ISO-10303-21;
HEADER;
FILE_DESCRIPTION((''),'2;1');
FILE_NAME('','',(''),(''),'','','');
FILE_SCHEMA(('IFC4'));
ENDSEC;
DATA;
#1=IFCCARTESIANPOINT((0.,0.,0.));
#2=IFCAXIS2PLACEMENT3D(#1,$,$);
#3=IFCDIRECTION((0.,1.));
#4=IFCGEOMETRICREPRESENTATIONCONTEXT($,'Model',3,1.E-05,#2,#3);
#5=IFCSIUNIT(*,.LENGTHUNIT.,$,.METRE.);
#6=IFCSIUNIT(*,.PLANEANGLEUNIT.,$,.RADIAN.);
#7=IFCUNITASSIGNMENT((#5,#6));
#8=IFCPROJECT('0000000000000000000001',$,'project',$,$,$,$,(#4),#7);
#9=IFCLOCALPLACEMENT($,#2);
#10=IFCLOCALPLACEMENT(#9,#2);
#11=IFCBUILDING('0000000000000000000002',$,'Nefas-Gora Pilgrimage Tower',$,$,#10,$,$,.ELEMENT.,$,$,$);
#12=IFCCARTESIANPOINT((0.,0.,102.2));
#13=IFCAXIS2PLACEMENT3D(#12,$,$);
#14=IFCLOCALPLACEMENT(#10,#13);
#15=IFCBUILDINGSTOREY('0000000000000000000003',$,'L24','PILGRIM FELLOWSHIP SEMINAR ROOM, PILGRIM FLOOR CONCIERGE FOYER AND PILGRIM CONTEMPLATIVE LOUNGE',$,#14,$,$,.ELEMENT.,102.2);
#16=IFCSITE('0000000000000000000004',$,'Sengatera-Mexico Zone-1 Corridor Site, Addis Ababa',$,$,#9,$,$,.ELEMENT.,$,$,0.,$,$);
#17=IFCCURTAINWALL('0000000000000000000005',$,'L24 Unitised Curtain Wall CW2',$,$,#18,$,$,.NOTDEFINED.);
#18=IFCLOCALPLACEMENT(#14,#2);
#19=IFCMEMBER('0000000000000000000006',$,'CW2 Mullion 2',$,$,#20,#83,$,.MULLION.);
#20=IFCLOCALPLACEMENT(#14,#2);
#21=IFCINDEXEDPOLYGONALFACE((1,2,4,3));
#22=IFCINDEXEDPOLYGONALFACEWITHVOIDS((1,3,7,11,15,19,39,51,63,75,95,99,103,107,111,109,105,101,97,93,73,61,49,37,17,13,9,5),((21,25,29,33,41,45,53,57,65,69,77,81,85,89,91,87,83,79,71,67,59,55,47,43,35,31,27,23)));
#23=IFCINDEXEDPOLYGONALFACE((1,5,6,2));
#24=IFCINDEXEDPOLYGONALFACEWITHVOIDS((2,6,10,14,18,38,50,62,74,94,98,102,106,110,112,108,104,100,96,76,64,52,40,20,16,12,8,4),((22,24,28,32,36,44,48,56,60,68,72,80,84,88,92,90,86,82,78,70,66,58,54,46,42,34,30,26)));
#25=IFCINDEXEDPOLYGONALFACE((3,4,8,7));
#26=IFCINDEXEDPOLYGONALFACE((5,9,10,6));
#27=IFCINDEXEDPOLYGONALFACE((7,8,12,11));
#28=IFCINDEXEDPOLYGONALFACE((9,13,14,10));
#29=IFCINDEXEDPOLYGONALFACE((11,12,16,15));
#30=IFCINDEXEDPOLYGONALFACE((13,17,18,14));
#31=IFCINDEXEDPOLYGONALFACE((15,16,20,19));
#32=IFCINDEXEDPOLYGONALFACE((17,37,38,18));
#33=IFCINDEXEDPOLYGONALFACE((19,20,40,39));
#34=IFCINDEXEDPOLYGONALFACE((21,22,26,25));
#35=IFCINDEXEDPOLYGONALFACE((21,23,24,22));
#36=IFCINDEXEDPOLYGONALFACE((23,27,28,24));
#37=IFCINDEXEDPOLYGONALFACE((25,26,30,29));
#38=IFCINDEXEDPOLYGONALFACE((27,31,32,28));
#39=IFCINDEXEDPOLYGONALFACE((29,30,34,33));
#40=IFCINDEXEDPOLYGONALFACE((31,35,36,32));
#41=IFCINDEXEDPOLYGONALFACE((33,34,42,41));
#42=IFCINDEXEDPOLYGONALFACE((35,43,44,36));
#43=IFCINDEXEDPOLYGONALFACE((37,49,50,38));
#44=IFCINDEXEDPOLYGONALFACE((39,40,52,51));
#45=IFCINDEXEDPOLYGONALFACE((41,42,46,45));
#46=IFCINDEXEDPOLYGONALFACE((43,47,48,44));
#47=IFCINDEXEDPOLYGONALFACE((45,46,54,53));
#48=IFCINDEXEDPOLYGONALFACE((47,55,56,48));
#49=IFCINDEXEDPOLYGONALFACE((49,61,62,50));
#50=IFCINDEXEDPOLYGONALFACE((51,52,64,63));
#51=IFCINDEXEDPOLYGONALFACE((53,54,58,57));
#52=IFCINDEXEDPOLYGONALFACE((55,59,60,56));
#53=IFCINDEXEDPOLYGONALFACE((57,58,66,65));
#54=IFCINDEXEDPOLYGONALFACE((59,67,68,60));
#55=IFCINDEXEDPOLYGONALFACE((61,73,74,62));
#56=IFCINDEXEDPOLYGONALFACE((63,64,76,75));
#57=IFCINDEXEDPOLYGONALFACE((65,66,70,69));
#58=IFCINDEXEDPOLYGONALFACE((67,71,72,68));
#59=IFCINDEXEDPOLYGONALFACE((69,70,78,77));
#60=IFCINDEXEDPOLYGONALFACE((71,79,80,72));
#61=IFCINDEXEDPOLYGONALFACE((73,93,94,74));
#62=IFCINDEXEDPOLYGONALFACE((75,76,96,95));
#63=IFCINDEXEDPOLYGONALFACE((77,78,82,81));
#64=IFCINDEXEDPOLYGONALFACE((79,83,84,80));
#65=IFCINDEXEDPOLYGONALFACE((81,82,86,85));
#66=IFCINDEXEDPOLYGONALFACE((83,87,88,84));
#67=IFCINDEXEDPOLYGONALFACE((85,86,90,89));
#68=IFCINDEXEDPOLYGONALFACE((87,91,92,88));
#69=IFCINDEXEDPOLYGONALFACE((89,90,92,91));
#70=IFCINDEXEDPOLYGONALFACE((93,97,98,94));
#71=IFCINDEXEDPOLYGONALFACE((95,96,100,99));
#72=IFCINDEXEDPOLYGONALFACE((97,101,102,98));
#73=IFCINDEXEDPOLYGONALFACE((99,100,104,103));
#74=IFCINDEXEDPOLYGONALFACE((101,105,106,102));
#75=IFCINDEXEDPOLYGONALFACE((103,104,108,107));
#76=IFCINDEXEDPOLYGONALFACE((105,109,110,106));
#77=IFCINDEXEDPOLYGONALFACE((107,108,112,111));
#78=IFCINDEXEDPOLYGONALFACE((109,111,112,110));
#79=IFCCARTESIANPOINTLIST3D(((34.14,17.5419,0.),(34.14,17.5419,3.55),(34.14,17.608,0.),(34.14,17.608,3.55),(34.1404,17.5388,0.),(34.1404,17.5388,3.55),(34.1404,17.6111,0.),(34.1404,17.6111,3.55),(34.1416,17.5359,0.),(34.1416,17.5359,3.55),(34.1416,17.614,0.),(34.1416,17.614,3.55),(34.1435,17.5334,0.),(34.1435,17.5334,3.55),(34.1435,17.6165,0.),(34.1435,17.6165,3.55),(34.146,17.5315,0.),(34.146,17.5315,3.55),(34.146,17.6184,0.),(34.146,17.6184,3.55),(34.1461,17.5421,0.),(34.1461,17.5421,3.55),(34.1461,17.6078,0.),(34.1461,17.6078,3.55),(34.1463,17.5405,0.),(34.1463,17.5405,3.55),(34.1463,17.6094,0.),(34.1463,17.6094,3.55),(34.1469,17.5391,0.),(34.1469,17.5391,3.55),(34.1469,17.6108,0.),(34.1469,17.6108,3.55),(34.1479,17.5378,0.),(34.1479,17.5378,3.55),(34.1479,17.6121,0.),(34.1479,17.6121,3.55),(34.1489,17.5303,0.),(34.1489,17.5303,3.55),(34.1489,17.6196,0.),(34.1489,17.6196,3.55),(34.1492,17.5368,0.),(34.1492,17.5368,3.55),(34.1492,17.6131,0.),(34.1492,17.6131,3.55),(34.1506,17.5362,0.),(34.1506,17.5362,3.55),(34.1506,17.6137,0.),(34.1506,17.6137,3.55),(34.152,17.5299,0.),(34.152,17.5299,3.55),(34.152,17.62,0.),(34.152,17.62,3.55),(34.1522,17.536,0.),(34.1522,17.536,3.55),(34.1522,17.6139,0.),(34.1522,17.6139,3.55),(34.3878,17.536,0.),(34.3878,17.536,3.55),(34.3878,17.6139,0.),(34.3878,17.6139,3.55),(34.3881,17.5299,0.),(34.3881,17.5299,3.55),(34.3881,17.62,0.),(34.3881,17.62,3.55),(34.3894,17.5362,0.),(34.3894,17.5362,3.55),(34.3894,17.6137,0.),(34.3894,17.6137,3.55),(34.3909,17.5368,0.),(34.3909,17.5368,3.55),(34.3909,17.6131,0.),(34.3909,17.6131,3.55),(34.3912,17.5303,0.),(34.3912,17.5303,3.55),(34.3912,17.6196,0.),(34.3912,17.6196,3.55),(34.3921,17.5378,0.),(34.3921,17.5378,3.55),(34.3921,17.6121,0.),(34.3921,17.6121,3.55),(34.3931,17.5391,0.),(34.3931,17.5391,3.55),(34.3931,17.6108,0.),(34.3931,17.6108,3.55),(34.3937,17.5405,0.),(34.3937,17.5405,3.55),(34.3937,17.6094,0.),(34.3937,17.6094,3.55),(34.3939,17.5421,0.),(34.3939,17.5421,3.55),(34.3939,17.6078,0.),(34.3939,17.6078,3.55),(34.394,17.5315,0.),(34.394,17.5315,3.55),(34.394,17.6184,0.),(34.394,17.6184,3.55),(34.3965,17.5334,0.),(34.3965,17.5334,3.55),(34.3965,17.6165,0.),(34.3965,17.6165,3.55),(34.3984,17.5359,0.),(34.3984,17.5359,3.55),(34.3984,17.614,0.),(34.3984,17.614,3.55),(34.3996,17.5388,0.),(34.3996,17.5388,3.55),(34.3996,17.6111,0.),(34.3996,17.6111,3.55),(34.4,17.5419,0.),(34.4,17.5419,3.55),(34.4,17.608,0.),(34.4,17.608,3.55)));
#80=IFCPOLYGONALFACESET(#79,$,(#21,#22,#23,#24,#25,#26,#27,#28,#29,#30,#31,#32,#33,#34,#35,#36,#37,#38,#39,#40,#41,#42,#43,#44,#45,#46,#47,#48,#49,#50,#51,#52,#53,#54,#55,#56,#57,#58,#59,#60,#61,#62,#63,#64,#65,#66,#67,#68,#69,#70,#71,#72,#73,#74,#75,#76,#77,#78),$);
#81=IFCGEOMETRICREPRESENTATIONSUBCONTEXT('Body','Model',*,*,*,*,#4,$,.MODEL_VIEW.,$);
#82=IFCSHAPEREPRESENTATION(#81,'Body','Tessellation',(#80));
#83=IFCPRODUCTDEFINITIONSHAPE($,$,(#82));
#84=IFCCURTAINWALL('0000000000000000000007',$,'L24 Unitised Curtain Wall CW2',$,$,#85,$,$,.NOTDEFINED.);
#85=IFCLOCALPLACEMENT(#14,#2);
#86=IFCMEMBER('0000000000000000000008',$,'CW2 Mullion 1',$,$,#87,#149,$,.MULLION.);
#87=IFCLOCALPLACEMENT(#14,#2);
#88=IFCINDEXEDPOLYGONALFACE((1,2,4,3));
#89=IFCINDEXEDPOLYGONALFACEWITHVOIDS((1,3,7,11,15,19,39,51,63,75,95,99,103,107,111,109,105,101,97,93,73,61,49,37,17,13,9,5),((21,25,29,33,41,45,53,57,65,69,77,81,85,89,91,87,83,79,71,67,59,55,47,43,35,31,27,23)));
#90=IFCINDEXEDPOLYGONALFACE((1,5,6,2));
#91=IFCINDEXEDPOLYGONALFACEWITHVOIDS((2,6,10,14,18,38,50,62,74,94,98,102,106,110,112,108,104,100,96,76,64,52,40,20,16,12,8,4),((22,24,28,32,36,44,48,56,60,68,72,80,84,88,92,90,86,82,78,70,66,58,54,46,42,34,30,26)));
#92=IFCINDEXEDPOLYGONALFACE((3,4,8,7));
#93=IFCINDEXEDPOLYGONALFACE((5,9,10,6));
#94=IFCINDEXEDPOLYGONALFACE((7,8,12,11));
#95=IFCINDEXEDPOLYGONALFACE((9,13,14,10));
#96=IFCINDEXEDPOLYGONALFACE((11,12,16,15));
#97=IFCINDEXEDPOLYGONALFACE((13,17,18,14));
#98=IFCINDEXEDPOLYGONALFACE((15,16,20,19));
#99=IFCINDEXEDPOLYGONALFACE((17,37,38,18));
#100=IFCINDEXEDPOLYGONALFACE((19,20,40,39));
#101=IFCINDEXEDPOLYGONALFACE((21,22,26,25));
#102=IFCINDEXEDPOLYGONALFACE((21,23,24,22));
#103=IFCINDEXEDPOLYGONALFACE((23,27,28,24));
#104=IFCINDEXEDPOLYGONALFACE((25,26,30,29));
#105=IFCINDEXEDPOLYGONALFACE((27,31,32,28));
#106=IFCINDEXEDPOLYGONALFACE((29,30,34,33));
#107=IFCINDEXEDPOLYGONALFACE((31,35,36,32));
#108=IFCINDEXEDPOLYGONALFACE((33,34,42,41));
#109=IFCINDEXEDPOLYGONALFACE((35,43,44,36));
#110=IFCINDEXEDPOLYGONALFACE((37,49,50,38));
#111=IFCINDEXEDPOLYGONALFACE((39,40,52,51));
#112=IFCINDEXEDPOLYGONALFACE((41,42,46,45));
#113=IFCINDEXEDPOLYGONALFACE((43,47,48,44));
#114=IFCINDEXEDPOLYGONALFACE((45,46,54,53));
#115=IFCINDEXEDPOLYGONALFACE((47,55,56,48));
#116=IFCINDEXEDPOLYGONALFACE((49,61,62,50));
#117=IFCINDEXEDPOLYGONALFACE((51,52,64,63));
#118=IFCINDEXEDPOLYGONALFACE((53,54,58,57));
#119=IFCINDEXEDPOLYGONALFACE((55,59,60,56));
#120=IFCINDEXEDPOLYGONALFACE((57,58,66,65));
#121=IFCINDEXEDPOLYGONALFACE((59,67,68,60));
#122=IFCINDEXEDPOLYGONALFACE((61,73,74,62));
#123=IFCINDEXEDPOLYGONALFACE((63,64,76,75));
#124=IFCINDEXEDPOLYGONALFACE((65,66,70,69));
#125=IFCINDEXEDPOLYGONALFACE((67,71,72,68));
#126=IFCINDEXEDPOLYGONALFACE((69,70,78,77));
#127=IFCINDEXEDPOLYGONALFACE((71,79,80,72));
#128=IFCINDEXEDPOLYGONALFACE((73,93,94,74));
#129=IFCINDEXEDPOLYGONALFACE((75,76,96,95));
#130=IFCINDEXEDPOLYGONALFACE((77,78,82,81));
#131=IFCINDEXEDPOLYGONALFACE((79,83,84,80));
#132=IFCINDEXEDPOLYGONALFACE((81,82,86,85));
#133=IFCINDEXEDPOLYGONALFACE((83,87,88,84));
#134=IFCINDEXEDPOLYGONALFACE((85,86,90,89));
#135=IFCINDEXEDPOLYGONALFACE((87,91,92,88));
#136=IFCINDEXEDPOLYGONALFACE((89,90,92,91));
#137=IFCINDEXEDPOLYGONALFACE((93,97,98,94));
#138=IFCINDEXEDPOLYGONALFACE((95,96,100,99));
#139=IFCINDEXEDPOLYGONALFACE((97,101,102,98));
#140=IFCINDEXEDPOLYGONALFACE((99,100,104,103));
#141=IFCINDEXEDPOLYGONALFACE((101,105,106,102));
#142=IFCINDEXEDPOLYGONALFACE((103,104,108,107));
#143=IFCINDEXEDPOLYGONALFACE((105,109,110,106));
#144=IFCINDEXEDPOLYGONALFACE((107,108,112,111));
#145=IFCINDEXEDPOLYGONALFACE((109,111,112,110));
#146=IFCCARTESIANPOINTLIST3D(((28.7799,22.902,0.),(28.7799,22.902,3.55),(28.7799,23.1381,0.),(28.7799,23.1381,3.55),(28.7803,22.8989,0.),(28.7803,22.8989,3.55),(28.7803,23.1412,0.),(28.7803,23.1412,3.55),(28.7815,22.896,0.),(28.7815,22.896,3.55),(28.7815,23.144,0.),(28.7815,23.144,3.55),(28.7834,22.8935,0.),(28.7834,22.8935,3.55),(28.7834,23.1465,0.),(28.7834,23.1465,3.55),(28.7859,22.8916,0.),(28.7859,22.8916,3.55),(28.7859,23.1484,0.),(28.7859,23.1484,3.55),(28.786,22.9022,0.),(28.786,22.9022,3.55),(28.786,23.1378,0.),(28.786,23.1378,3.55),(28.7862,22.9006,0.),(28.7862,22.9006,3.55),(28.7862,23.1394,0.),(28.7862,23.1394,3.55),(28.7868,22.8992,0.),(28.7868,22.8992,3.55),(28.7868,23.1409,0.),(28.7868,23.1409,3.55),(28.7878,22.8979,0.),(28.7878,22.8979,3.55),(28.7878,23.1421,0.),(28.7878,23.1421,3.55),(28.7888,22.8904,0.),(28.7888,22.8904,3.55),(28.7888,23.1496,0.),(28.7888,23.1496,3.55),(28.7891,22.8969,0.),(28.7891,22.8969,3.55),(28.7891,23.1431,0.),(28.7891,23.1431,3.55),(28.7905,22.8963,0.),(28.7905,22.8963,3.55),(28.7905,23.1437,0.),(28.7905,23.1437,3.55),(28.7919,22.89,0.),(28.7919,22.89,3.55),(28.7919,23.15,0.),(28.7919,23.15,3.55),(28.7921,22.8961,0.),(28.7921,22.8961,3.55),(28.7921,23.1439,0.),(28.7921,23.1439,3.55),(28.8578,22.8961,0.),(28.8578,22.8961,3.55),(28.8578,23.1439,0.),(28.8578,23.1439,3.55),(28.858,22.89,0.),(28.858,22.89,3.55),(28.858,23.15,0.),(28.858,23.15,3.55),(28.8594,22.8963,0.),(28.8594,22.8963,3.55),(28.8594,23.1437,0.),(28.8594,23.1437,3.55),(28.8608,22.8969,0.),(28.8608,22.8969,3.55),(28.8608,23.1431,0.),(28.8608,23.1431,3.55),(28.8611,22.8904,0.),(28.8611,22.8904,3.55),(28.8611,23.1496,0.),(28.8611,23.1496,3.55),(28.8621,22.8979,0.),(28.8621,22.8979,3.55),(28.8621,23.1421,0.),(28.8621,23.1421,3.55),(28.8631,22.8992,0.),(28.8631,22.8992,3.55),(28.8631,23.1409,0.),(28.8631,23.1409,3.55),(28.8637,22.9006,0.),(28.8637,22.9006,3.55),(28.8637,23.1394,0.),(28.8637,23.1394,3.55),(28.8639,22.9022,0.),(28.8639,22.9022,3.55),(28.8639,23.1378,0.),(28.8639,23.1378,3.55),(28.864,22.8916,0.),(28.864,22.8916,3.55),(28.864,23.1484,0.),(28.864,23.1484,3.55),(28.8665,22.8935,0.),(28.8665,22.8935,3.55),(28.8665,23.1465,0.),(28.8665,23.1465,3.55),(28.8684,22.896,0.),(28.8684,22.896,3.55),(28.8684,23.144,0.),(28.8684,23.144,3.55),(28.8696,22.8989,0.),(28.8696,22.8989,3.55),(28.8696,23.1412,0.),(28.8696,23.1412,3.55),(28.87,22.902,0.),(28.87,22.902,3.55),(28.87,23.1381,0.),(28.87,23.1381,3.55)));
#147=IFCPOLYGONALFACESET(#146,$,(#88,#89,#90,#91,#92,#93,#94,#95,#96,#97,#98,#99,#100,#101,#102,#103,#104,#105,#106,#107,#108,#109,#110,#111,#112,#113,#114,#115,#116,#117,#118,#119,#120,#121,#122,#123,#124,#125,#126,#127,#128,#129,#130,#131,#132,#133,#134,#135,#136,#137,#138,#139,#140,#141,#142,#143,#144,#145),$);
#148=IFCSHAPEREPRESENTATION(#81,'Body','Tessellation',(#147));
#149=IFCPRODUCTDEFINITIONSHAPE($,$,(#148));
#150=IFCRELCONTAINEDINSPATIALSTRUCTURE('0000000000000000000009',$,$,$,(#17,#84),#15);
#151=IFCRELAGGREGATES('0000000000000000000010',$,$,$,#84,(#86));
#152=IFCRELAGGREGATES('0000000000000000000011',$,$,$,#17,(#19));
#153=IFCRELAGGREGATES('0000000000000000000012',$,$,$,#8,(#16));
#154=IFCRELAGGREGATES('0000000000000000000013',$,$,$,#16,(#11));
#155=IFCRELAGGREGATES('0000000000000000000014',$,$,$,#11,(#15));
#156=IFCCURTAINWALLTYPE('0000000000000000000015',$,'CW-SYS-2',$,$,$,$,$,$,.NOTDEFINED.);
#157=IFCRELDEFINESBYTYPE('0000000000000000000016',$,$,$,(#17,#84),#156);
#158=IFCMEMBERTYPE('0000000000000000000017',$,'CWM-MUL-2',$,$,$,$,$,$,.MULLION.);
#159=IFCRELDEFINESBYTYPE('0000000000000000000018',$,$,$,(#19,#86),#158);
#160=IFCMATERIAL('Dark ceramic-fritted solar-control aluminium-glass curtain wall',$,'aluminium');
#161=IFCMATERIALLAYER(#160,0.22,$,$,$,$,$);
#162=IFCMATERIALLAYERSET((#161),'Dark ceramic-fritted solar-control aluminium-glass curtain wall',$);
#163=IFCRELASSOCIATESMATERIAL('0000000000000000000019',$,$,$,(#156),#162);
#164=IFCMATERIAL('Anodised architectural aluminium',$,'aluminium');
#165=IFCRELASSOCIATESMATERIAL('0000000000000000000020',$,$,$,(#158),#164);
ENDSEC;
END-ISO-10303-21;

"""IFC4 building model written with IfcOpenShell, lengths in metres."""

from ifc_helpers import new_model, si_unit, direction, frame, origin, origin_2d, place, context, subcontext, project, spatial, hollow_rectangle, extrude, source, transform, mapped, material, layer, layer_set, material_profile, profile_set, type_object, element, aggregate, save


model = new_model("IFC4")

# Units and contexts
model_context = context("Model", 3, precision=1e-05, world=origin(), true_north=direction((0.0, 1.0)))
body_context = subcontext(model_context, "Body", "Model", "MODEL_VIEW")
ifc_project = project(units=[si_unit("LENGTHUNIT", "METRE"), si_unit("PLANEANGLEUNIT", "RADIAN")], contexts=[model_context])

# Site, building, storey
site_placement = place(None, origin())
site = spatial("IfcSite", under=ifc_project, at=site_placement, Name="Sengatera-Mexico Zone-1 Corridor Site, Addis Ababa", CompositionType="ELEMENT", RefElevation=0.0)
building_placement = place(site_placement, origin())
building = spatial("IfcBuilding", under=site, at=building_placement, Name="Nefas-Gora Pilgrimage Tower", CompositionType="ELEMENT")
storey_placement = place(building_placement, frame((0.0, 0.0, 102.2)))
storey = spatial("IfcBuildingStorey", under=building, at=storey_placement, Name="L24", Description="PILGRIM FELLOWSHIP SEMINAR ROOM, PILGRIM FLOOR CONCIERGE FOYER AND PILGRIM CONTEMPLATIVE LOUNGE", CompositionType="ELEMENT", Elevation=102.2)

# Curtain wall, member
ifc_material_1 = material(Name="Dark ceramic-fritted solar-control aluminium-glass curtain wall", Category="aluminium")
ifc_layer_1 = layer(ifc_material_1, 0.22)
ifc_layer_set_1 = layer_set([ifc_layer_1], Name="Dark ceramic-fritted solar-control aluminium-glass curtain wall")
curtain_wall_type = type_object("IfcCurtainWallType", Name="CW-SYS-2", PredefinedType="NOTDEFINED", material=ifc_layer_set_1)
curtain_wall_1_placement = place(storey_placement, origin())
curtain_wall_1 = element("IfcCurtainWall", 1, at=curtain_wall_1_placement, inside=storey, type_object=curtain_wall_type, Name="L24 Unitised Curtain Wall CW2", PredefinedType="NOTDEFINED")
ifc_material_2 = material(Name="Anodised architectural aluminium", Category="aluminium")
ifc_material_profile_1 = material_profile(ifc_material_2, hollow_rectangle(XDim=0.0901, YDim=0.26, WallThickness=0.0061, InnerFilletRadius=0.0061, OuterFilletRadius=0.012, at=origin_2d()), Name="ALU MULLION 90x260")
ifc_profile_set_1 = profile_set([ifc_material_profile_1], Name="Anodised architectural aluminium")
member_type_1 = type_object("IfcMemberType", Name="CWM-MUL-2", PredefinedType="MULLION", material=ifc_profile_set_1)
shared_shape_1 = source(origin(), body_context, "Body", "SweptSolid", [
    extrude(hollow_rectangle(XDim=0.0901, YDim=0.26, WallThickness=0.0061, InnerFilletRadius=0.0061, OuterFilletRadius=0.012, at=origin_2d()), origin(), (0.0, 0.0, 1.0), 3.55),
])
member_1_placement = place(storey_placement, frame((34.27, 17.575, 0.0), z_axis=(0.0, 0.0, 1.0), x_axis=(0.0, 1.0, 0.0)))
member_1 = element("IfcMember", 2, at=member_1_placement, type_object=member_type_1, Name="CW2 Mullion 2", PredefinedType="MULLION", context=body_context, shape_type="MappedRepresentation", body=[
    mapped(shared_shape_1, transform((0.0, 0.0, 0.0), x_axis=(1.0, 0.0, 0.0), y_axis=(0.0, 1.0, 0.0), z_axis=(0.0, 0.0, 1.0), scale=1.0)),
])

# Curtain wall, member
curtain_wall_2_placement = place(storey_placement, origin())
curtain_wall_2 = element("IfcCurtainWall", 3, at=curtain_wall_2_placement, inside=storey, type_object=curtain_wall_type, Name="L24 Unitised Curtain Wall CW2", PredefinedType="NOTDEFINED")
member_2_placement = place(storey_placement, frame((28.825, 23.02, 0.0), z_axis=(0.0, 0.0, 1.0), x_axis=(-1.0, 0.0, 0.0)))
member_2 = element("IfcMember", 4, at=member_2_placement, type_object=member_type_1, Name="CW2 Mullion 1", PredefinedType="MULLION", context=body_context, shape_type="MappedRepresentation", body=[
    mapped(shared_shape_1, transform((0.0, 0.0, 0.0), x_axis=(1.0, 0.0, 0.0), y_axis=(0.0, 1.0, 0.0), z_axis=(0.0, 0.0, 1.0), scale=1.0)),
])

aggregate(curtain_wall_2, [member_2])
aggregate(curtain_wall_1, [member_1])

save(model, "model.ifc")
